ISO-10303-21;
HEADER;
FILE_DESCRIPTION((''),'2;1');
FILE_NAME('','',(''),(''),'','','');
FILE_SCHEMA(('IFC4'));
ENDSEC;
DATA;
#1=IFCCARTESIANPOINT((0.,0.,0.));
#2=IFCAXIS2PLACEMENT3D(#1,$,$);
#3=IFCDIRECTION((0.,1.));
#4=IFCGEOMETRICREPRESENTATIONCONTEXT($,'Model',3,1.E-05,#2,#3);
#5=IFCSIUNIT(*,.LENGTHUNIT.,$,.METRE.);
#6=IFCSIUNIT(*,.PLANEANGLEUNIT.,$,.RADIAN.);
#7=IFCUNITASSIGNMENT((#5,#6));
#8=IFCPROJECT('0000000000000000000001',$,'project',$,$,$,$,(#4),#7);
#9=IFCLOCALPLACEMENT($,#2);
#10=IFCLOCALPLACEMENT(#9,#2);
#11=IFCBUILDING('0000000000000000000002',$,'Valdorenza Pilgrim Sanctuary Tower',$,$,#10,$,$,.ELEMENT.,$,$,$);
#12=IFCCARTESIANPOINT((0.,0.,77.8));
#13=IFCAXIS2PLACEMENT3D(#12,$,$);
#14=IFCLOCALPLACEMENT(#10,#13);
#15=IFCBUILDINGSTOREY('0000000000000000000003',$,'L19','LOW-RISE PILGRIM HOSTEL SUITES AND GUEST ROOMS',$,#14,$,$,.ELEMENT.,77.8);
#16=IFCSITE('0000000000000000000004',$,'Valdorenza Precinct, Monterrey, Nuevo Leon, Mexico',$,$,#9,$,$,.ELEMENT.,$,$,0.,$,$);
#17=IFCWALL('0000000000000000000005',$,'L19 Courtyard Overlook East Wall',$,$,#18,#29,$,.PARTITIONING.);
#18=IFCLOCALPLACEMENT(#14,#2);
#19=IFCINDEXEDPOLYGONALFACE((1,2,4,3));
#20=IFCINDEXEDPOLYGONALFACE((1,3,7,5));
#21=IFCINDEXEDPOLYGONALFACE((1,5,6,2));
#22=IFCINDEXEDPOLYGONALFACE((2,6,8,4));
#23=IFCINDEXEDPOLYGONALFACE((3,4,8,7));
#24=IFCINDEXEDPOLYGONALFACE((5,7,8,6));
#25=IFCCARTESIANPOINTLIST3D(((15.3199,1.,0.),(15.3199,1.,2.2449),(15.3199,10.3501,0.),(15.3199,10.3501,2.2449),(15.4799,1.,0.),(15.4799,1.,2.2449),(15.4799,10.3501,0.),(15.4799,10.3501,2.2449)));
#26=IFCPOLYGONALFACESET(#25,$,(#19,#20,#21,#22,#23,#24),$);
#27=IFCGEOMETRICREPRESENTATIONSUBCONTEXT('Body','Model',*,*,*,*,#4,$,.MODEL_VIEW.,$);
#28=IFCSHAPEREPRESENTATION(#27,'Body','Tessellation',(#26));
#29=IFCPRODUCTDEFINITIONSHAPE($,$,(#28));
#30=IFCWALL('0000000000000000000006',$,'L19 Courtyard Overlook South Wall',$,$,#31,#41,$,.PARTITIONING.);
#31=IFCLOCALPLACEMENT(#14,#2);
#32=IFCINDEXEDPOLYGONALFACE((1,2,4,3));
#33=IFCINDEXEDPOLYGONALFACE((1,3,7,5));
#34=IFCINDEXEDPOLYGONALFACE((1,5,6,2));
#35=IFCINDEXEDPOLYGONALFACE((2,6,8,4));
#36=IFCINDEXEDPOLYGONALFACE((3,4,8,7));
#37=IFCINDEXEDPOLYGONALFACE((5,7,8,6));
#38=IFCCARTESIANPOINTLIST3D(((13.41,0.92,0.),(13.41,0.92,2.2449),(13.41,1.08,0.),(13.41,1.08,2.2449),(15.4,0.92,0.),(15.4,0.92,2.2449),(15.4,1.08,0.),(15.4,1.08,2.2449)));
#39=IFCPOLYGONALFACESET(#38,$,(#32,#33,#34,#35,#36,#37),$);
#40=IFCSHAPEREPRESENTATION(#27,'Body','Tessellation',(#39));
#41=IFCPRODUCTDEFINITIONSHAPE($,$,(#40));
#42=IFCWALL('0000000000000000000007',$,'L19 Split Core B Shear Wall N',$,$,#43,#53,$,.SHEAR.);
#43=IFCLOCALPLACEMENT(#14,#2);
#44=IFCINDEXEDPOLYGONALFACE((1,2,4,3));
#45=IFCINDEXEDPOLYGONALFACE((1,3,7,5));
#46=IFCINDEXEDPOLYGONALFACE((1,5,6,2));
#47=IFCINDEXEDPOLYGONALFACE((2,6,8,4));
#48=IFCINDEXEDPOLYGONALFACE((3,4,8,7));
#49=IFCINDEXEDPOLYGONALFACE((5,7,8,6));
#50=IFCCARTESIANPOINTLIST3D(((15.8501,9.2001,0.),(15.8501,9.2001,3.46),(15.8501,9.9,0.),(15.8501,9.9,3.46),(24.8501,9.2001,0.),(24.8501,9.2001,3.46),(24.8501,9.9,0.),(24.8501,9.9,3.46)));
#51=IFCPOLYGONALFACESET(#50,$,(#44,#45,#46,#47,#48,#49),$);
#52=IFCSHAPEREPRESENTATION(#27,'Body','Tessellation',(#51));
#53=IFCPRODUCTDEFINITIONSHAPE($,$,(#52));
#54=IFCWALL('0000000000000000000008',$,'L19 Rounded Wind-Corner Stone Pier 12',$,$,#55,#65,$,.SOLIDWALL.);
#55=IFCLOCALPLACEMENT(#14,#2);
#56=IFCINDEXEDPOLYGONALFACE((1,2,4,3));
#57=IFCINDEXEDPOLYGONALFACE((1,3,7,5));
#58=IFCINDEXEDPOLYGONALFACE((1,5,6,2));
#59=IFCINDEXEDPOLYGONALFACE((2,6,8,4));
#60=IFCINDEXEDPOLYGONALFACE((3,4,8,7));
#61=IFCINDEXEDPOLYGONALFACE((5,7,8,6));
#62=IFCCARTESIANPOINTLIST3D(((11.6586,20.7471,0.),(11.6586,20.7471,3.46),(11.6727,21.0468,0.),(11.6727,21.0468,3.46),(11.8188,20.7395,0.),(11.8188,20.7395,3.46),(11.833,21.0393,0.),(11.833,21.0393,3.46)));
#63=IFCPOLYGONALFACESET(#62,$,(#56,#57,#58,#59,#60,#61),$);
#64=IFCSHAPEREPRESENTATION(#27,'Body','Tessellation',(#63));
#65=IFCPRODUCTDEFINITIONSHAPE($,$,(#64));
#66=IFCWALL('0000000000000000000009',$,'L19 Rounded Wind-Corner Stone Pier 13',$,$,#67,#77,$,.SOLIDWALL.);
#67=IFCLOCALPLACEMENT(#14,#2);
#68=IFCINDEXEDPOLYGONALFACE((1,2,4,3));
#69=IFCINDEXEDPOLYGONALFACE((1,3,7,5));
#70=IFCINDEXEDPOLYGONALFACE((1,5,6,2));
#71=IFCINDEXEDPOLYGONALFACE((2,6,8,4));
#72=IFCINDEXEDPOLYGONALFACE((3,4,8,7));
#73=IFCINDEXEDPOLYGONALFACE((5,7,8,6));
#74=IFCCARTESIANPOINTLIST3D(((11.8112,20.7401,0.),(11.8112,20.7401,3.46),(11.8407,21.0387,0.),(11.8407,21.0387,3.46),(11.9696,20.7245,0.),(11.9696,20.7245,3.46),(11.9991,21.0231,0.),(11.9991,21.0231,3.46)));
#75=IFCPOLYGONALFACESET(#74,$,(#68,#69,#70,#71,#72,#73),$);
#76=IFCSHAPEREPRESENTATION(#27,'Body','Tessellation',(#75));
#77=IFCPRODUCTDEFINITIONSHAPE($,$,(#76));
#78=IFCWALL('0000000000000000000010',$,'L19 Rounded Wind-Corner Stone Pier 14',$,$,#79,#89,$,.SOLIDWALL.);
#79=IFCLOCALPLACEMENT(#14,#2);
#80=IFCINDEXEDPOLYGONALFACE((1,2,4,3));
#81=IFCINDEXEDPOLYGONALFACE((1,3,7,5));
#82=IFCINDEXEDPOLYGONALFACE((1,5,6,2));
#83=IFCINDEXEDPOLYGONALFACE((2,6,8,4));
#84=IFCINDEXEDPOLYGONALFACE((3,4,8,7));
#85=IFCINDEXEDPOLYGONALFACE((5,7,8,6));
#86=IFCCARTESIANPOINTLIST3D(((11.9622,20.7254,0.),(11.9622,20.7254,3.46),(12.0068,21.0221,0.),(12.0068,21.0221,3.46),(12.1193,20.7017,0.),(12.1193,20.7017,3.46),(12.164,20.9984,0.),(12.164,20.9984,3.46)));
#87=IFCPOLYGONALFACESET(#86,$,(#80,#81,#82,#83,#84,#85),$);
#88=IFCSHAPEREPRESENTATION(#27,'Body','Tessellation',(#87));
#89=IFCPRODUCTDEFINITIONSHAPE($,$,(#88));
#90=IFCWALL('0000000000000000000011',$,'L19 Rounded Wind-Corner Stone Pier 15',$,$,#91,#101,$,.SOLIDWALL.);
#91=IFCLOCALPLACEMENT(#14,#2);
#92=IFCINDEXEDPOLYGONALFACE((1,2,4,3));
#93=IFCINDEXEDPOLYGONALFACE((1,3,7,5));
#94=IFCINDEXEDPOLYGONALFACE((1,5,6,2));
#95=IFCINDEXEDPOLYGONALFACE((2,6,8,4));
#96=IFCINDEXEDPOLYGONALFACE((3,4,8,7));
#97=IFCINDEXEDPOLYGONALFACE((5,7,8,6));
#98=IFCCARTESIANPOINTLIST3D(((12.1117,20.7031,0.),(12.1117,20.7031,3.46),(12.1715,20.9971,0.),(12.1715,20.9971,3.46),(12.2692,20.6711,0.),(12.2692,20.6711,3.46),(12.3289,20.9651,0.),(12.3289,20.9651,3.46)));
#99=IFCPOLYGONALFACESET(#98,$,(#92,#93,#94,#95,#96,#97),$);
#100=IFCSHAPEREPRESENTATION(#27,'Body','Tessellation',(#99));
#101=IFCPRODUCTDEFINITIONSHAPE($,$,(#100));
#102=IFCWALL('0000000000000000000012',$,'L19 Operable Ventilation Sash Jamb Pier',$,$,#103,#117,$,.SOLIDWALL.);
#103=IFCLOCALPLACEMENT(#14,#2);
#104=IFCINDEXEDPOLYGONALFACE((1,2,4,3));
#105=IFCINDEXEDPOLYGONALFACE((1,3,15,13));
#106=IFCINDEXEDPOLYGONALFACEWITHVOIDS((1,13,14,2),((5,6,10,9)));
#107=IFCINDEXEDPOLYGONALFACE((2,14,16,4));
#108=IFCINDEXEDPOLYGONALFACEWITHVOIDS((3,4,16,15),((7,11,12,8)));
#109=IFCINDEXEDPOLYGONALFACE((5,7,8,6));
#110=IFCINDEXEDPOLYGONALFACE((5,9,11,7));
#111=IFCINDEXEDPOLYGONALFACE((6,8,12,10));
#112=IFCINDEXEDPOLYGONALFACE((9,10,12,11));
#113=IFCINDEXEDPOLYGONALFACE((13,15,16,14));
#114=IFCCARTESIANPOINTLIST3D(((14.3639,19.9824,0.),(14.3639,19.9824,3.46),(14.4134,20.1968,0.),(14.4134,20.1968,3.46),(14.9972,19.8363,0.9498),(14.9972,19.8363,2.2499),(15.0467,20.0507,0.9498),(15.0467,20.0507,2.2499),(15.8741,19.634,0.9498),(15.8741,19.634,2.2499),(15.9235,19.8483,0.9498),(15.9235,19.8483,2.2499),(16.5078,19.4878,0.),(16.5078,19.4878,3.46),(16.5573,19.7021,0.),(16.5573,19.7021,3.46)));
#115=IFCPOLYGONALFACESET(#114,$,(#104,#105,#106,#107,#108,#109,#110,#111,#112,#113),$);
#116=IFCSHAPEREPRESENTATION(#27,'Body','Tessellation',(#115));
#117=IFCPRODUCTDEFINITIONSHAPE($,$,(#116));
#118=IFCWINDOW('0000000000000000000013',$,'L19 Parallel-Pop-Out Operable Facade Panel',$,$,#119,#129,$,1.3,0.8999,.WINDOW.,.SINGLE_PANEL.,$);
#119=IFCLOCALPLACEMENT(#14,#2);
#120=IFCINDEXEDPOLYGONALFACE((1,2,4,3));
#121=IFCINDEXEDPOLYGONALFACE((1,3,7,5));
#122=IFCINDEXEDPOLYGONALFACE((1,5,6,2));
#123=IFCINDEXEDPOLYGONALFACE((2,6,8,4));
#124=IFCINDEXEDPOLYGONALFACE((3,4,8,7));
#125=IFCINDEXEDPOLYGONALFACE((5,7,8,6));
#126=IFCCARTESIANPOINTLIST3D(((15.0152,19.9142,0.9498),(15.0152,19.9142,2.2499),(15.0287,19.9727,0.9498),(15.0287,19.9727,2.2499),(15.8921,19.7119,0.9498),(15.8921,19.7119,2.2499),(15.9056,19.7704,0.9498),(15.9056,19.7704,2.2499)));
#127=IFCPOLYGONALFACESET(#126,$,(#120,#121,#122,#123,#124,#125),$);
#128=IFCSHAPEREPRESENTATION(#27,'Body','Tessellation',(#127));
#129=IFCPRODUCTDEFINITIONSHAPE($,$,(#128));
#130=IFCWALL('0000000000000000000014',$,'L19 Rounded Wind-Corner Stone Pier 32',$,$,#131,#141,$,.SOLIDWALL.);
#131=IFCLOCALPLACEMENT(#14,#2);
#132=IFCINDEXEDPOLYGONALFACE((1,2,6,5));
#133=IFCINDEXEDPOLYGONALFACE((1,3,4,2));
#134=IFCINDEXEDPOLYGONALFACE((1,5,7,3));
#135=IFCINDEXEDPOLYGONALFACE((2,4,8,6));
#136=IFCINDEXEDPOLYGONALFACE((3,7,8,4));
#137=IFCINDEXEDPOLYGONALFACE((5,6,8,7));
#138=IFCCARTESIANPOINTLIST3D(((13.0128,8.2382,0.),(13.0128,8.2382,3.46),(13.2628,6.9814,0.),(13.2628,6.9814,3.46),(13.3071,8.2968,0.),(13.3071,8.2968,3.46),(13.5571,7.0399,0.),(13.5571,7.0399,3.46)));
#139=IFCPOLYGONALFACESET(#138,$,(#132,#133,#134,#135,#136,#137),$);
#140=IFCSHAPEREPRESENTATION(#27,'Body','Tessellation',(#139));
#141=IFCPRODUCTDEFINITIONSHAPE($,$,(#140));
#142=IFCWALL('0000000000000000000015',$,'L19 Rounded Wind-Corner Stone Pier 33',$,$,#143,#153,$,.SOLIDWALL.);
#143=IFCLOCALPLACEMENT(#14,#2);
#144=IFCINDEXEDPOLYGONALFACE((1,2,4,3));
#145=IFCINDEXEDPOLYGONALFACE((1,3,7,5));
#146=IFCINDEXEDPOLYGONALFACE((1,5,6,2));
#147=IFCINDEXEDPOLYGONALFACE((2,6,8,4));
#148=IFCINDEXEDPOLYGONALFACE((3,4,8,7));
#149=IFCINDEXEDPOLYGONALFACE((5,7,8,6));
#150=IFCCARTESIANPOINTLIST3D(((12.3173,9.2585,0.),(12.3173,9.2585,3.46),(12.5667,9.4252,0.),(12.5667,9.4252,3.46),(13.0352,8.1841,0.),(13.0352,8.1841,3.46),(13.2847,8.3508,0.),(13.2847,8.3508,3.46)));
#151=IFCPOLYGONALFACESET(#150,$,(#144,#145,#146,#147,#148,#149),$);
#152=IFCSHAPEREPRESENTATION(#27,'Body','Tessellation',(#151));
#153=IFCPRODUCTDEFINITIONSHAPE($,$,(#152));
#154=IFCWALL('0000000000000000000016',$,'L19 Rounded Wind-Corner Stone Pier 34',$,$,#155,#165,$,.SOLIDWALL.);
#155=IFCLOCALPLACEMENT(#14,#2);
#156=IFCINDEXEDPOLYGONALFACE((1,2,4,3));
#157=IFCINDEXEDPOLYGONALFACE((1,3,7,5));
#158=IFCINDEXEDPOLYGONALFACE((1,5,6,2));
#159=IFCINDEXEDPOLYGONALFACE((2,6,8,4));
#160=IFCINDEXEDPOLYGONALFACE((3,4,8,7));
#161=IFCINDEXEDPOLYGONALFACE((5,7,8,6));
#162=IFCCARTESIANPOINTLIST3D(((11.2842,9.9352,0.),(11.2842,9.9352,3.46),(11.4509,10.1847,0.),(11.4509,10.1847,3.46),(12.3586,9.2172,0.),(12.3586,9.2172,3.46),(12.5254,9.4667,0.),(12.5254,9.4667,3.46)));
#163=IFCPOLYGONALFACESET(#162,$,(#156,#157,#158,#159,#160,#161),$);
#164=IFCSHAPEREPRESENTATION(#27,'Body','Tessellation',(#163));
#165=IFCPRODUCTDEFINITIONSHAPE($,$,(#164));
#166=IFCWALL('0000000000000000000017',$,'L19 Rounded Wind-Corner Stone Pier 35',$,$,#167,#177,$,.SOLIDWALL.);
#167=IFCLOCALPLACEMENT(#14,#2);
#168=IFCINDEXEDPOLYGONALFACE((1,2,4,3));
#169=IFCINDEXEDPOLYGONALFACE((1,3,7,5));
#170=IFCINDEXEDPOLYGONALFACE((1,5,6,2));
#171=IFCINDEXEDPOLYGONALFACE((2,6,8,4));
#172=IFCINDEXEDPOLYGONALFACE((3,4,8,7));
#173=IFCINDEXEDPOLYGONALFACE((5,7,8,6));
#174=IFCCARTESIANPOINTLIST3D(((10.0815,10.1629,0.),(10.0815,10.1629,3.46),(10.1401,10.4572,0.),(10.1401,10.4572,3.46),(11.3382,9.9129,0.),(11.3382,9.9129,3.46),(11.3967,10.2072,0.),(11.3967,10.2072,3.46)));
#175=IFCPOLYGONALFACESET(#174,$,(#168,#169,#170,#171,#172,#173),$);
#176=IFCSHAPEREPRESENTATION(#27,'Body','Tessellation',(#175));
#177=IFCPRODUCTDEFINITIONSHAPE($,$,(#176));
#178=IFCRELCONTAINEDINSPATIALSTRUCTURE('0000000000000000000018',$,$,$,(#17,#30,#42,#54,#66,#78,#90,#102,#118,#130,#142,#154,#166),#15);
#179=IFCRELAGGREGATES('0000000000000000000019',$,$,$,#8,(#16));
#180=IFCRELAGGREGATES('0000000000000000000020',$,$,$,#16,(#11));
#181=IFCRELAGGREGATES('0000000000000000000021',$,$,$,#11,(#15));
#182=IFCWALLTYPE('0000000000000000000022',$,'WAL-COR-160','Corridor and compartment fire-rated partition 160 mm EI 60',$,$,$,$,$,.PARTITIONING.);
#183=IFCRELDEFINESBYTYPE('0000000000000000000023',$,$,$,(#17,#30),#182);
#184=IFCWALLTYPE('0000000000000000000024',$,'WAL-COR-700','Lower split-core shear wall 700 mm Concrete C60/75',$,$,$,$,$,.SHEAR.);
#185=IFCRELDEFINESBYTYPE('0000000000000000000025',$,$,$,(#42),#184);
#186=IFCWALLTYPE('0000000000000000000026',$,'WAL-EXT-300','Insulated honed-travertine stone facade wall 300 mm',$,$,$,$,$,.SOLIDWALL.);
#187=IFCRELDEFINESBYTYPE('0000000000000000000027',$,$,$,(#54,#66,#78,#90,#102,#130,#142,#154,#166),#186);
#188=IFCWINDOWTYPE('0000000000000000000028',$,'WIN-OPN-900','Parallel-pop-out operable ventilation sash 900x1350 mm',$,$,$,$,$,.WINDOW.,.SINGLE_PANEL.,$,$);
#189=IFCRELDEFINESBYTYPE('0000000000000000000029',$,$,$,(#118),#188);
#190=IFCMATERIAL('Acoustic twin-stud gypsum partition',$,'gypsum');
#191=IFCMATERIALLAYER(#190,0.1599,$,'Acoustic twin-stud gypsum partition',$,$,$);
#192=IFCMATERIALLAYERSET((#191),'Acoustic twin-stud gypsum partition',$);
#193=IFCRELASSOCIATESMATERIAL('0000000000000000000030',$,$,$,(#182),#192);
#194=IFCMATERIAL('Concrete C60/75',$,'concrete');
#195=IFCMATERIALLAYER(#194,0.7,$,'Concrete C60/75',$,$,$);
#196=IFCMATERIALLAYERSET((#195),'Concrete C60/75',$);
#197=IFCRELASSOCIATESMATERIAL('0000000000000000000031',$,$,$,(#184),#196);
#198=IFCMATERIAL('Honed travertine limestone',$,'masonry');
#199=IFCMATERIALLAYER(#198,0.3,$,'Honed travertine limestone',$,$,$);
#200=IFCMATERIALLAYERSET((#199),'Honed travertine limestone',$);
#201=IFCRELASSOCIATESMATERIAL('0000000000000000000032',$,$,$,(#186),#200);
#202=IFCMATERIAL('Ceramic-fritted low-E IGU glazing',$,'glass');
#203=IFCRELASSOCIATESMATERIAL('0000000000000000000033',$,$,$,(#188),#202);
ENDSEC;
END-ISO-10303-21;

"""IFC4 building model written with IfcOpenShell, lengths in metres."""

from ifc_helpers import new_model, si_unit, direction, frame, frame_2d, origin, place, context, subcontext, project, spatial, rectangle, extrude, material, layer, layer_set, type_object, element, fill, save


model = new_model("IFC4")

# Units and contexts
model_context = context("Model", 3, precision=1e-05, world=origin(), true_north=direction((0.0, 1.0)))
body_context = subcontext(model_context, "Body", "Model", "MODEL_VIEW")
ifc_project = project(units=[si_unit("LENGTHUNIT", "METRE"), si_unit("PLANEANGLEUNIT", "RADIAN")], contexts=[model_context])

# Site, building, storey
site_placement = place(None, origin())
site = spatial("IfcSite", under=ifc_project, at=site_placement, Name="Valdorenza Precinct, Monterrey, Nuevo Leon, Mexico", CompositionType="ELEMENT", RefElevation=0.0)
building_placement = place(site_placement, origin())
building = spatial("IfcBuilding", under=site, at=building_placement, Name="Valdorenza Pilgrim Sanctuary Tower", CompositionType="ELEMENT")
storey_placement = place(building_placement, frame((0.0, 0.0, 77.8)))
storey = spatial("IfcBuildingStorey", under=building, at=storey_placement, Name="L19", Description="LOW-RISE PILGRIM HOSTEL SUITES AND GUEST ROOMS", CompositionType="ELEMENT", Elevation=77.8)

# Shared definitions
ifc_material_1 = material(Name="Ceramic-fritted low-E IGU glazing", Category="glass")
ifc_material_2 = material(Name="Honed travertine limestone", Category="masonry")

# Shared definitions
ifc_material_3 = material(Name="Acoustic twin-stud gypsum partition", Category="gypsum")
ifc_layer_1 = layer(ifc_material_3, 0.1599, Name="Acoustic twin-stud gypsum partition")
ifc_layer_set_1 = layer_set([ifc_layer_1], Name="Acoustic twin-stud gypsum partition")
wall_type_1 = type_object("IfcWallType", Name="WAL-COR-160", Description="Corridor and compartment fire-rated partition 160 mm EI 60", PredefinedType="PARTITIONING", material=ifc_layer_set_1)

# Walls
wall_1_placement = place(storey_placement, frame((15.3999, 1.0, 0.0), z_axis=(0.0, 0.0, 1.0), x_axis=(0.0, 1.0, 0.0)))
element("IfcWall", 1, at=wall_1_placement, inside=storey, type_object=wall_type_1, Name="L19 Courtyard Overlook East Wall", PredefinedType="PARTITIONING", context=body_context, shape_type="SweptSolid", body=[
    extrude(rectangle(XDim=9.3501, YDim=0.1599, at=frame_2d((4.675, 0.0))), origin(), (0.0, 0.0, 1.0), 2.2449),
])
wall_2_placement = place(storey_placement, frame((13.4099, 1.0, 0.0), z_axis=(0.0, 0.0, 1.0), x_axis=(1.0, 0.0, 0.0)))
element("IfcWall", 2, at=wall_2_placement, inside=storey, type_object=wall_type_1, Name="L19 Courtyard Overlook South Wall", PredefinedType="PARTITIONING", context=body_context, shape_type="SweptSolid", body=[
    extrude(rectangle(XDim=1.99, YDim=0.1599, at=frame_2d((0.9951, 0.0))), origin(), (0.0, 0.0, 1.0), 2.2449),
])
ifc_material_4 = material(Name="Concrete C60/75", Category="concrete")
ifc_layer_2 = layer(ifc_material_4, 0.7, Name="Concrete C60/75")
ifc_layer_set_2 = layer_set([ifc_layer_2], Name="Concrete C60/75")
wall_type_2 = type_object("IfcWallType", Name="WAL-COR-700", Description="Lower split-core shear wall 700 mm Concrete C60/75", PredefinedType="SHEAR", material=ifc_layer_set_2)
wall_3_placement = place(storey_placement, frame((15.8501, 9.55, 0.0), z_axis=(0.0, 0.0, 1.0), x_axis=(1.0, 0.0, 0.0)))
element("IfcWall", 3, at=wall_3_placement, inside=storey, type_object=wall_type_2, Name="L19 Split Core B Shear Wall N", PredefinedType="SHEAR", context=body_context, shape_type="SweptSolid", body=[
    extrude(rectangle(XDim=9.0, YDim=0.7, at=frame_2d((4.5, 0.0))), origin(), (0.0, 0.0, 1.0), 3.46),
])
ifc_layer_3 = layer(ifc_material_2, 0.3, Name="Honed travertine limestone")
ifc_layer_set_3 = layer_set([ifc_layer_3], Name="Honed travertine limestone")
wall_type_3 = type_object("IfcWallType", Name="WAL-EXT-300", Description="Insulated honed-travertine stone facade wall 300 mm", PredefinedType="SOLIDWALL", material=ifc_layer_set_3)
wall_4_placement = place(storey_placement, frame((11.6658, 20.897, 0.0), z_axis=(0.0, 0.0, 1.0), x_axis=(0.998885, -0.047203, 0.0)))
element("IfcWall", 4, at=wall_4_placement, inside=storey, type_object=wall_type_3, Name="L19 Rounded Wind-Corner Stone Pier 12", PredefinedType="SOLIDWALL", context=body_context, shape_type="SweptSolid", body=[
    extrude(rectangle(XDim=0.1604, YDim=0.3, at=frame_2d((0.0801, 0.0))), origin(), (0.0, 0.0, 1.0), 3.46),
])
wall_5_placement = place(storey_placement, frame((11.8259, 20.8894, 0.0), z_axis=(0.0, 0.0, 1.0), x_axis=(0.995173, -0.098137, 0.0)))
element("IfcWall", 5, at=wall_5_placement, inside=storey, type_object=wall_type_3, Name="L19 Rounded Wind-Corner Stone Pier 13", PredefinedType="SOLIDWALL", context=body_context, shape_type="SweptSolid", body=[
    extrude(rectangle(XDim=0.1592, YDim=0.3, at=frame_2d((0.0796, 0.0))), origin(), (0.0, 0.0, 1.0), 3.46),
])
wall_6_placement = place(storey_placement, frame((11.9844, 20.8738, 0.0), z_axis=(0.0, 0.0, 1.0), x_axis=(0.988846, -0.148941, 0.0)))
element("IfcWall", 6, at=wall_6_placement, inside=storey, type_object=wall_type_3, Name="L19 Rounded Wind-Corner Stone Pier 14", PredefinedType="SOLIDWALL", context=body_context, shape_type="SweptSolid", body=[
    extrude(rectangle(XDim=0.1589, YDim=0.3, at=frame_2d((0.0796, 0.0))), origin(), (0.0, 0.0, 1.0), 3.46),
])
wall_7_placement = place(storey_placement, frame((12.1416, 20.8501, 0.0), z_axis=(0.0, 0.0, 1.0), x_axis=(0.979992, -0.199037, 0.0)))
element("IfcWall", 7, at=wall_7_placement, inside=storey, type_object=wall_type_3, Name="L19 Rounded Wind-Corner Stone Pier 15", PredefinedType="SOLIDWALL", context=body_context, shape_type="SweptSolid", body=[
    extrude(rectangle(XDim=0.1606, YDim=0.3, at=frame_2d((0.0803, 0.0))), origin(), (0.0, 0.0, 1.0), 3.46),
])

# Wall, opening, window
wall_8_placement = place(storey_placement, frame((14.3887, 20.0896, 0.0), z_axis=(0.0, 0.0, 1.0), x_axis=(0.974401, -0.224819, 0.0)))
wall_8 = element("IfcWall", 8, at=wall_8_placement, inside=storey, type_object=wall_type_3, Name="L19 Operable Ventilation Sash Jamb Pier", PredefinedType="SOLIDWALL", context=body_context, shape_type="SweptSolid", body=[
    extrude(rectangle(XDim=2.2002, YDim=0.22, at=frame_2d((1.1001, 0.0))), origin(), (0.0, 0.0, 1.0), 3.46),
])
opening_1_placement = place(wall_8_placement, frame((0.6499, 0.0, 0.95)))
opening_1 = element("IfcOpeningElement", 9, at=opening_1_placement, cuts=wall_8, PredefinedType="OPENING", context=body_context, shape_type="SweptSolid", body=[
    extrude(rectangle(XDim=0.8999, YDim=1.3, at=frame_2d((0.45, 0.6499))), frame((0.0, 0.125, 0.0), z_axis=(0.0, -1.0, 0.0), x_axis=(1.0, 0.0, 0.0)), (0.0, 0.0, 1.0), 0.2498),
])
window_type = type_object("IfcWindowType", Name="WIN-OPN-900", Description="Parallel-pop-out operable ventilation sash 900x1350 mm", PartitioningType="SINGLE_PANEL", PredefinedType="WINDOW", material=ifc_material_1)
window_placement = place(opening_1_placement, origin())
window = element("IfcWindow", 10, at=window_placement, inside=storey, type_object=window_type, Name="L19 Parallel-Pop-Out Operable Facade Panel", OverallHeight=1.3, OverallWidth=0.8999, PartitioningType="SINGLE_PANEL", PredefinedType="WINDOW", context=body_context, shape_type="SweptSolid", body=[
    extrude(rectangle(XDim=0.8999, YDim=1.3, at=frame_2d((0.45, 0.6499))), frame((0.0, 0.03, 0.0), z_axis=(0.0, -1.0, 0.0), x_axis=(1.0, 0.0, 0.0)), (0.0, 0.0, 1.0), 0.0601),
])
fill(opening_1, window)

# Walls
wall_9_placement = place(storey_placement, frame((13.4099, 7.0107, 0.0), z_axis=(0.0, 0.0, 1.0), x_axis=(-0.19509, 0.980785, 0.0)))
element("IfcWall", 11, at=wall_9_placement, inside=storey, type_object=wall_type_3, Name="L19 Rounded Wind-Corner Stone Pier 32", PredefinedType="SOLIDWALL", context=body_context, shape_type="SweptSolid", body=[
    extrude(rectangle(XDim=1.2815, YDim=0.3, at=frame_2d((0.6406, 0.0))), origin(), (0.0, 0.0, 1.0), 3.46),
])
for number, where, z_axis, x_axis, name in (
    (12, (13.1599, 8.2676, 0.0), (0.0, 0.0, 1.0), (-0.555615, 0.831439, 0.0), "L19 Rounded Wind-Corner Stone Pier 33"),
    (13, (12.4419, 9.342, 0.0), (0.0, 0.0, 1.0), (-0.831439, 0.555615, 0.0), "L19 Rounded Wind-Corner Stone Pier 34"),
):
    element("IfcWall", number, at=place(storey_placement, frame(where, z_axis=z_axis, x_axis=x_axis)), inside=storey, type_object=wall_type_3, Name=name, PredefinedType="SOLIDWALL", context=body_context, shape_type="SweptSolid", body=[
        extrude(rectangle(XDim=1.2922, YDim=0.3, at=frame_2d((0.646, 0.0))), origin(), (0.0, 0.0, 1.0), 3.46),
    ])
wall_10_placement = place(storey_placement, frame((11.3674, 10.0601, 0.0), z_axis=(0.0, 0.0, 1.0), x_axis=(-0.980778, 0.195127, 0.0)))
element("IfcWall", 14, at=wall_10_placement, inside=storey, type_object=wall_type_3, Name="L19 Rounded Wind-Corner Stone Pier 35", PredefinedType="SOLIDWALL", context=body_context, shape_type="SweptSolid", body=[
    extrude(rectangle(XDim=1.2812, YDim=0.3, at=frame_2d((0.6406, 0.0))), origin(), (0.0, 0.0, 1.0), 3.46),
])

save(model, "model.ifc")
